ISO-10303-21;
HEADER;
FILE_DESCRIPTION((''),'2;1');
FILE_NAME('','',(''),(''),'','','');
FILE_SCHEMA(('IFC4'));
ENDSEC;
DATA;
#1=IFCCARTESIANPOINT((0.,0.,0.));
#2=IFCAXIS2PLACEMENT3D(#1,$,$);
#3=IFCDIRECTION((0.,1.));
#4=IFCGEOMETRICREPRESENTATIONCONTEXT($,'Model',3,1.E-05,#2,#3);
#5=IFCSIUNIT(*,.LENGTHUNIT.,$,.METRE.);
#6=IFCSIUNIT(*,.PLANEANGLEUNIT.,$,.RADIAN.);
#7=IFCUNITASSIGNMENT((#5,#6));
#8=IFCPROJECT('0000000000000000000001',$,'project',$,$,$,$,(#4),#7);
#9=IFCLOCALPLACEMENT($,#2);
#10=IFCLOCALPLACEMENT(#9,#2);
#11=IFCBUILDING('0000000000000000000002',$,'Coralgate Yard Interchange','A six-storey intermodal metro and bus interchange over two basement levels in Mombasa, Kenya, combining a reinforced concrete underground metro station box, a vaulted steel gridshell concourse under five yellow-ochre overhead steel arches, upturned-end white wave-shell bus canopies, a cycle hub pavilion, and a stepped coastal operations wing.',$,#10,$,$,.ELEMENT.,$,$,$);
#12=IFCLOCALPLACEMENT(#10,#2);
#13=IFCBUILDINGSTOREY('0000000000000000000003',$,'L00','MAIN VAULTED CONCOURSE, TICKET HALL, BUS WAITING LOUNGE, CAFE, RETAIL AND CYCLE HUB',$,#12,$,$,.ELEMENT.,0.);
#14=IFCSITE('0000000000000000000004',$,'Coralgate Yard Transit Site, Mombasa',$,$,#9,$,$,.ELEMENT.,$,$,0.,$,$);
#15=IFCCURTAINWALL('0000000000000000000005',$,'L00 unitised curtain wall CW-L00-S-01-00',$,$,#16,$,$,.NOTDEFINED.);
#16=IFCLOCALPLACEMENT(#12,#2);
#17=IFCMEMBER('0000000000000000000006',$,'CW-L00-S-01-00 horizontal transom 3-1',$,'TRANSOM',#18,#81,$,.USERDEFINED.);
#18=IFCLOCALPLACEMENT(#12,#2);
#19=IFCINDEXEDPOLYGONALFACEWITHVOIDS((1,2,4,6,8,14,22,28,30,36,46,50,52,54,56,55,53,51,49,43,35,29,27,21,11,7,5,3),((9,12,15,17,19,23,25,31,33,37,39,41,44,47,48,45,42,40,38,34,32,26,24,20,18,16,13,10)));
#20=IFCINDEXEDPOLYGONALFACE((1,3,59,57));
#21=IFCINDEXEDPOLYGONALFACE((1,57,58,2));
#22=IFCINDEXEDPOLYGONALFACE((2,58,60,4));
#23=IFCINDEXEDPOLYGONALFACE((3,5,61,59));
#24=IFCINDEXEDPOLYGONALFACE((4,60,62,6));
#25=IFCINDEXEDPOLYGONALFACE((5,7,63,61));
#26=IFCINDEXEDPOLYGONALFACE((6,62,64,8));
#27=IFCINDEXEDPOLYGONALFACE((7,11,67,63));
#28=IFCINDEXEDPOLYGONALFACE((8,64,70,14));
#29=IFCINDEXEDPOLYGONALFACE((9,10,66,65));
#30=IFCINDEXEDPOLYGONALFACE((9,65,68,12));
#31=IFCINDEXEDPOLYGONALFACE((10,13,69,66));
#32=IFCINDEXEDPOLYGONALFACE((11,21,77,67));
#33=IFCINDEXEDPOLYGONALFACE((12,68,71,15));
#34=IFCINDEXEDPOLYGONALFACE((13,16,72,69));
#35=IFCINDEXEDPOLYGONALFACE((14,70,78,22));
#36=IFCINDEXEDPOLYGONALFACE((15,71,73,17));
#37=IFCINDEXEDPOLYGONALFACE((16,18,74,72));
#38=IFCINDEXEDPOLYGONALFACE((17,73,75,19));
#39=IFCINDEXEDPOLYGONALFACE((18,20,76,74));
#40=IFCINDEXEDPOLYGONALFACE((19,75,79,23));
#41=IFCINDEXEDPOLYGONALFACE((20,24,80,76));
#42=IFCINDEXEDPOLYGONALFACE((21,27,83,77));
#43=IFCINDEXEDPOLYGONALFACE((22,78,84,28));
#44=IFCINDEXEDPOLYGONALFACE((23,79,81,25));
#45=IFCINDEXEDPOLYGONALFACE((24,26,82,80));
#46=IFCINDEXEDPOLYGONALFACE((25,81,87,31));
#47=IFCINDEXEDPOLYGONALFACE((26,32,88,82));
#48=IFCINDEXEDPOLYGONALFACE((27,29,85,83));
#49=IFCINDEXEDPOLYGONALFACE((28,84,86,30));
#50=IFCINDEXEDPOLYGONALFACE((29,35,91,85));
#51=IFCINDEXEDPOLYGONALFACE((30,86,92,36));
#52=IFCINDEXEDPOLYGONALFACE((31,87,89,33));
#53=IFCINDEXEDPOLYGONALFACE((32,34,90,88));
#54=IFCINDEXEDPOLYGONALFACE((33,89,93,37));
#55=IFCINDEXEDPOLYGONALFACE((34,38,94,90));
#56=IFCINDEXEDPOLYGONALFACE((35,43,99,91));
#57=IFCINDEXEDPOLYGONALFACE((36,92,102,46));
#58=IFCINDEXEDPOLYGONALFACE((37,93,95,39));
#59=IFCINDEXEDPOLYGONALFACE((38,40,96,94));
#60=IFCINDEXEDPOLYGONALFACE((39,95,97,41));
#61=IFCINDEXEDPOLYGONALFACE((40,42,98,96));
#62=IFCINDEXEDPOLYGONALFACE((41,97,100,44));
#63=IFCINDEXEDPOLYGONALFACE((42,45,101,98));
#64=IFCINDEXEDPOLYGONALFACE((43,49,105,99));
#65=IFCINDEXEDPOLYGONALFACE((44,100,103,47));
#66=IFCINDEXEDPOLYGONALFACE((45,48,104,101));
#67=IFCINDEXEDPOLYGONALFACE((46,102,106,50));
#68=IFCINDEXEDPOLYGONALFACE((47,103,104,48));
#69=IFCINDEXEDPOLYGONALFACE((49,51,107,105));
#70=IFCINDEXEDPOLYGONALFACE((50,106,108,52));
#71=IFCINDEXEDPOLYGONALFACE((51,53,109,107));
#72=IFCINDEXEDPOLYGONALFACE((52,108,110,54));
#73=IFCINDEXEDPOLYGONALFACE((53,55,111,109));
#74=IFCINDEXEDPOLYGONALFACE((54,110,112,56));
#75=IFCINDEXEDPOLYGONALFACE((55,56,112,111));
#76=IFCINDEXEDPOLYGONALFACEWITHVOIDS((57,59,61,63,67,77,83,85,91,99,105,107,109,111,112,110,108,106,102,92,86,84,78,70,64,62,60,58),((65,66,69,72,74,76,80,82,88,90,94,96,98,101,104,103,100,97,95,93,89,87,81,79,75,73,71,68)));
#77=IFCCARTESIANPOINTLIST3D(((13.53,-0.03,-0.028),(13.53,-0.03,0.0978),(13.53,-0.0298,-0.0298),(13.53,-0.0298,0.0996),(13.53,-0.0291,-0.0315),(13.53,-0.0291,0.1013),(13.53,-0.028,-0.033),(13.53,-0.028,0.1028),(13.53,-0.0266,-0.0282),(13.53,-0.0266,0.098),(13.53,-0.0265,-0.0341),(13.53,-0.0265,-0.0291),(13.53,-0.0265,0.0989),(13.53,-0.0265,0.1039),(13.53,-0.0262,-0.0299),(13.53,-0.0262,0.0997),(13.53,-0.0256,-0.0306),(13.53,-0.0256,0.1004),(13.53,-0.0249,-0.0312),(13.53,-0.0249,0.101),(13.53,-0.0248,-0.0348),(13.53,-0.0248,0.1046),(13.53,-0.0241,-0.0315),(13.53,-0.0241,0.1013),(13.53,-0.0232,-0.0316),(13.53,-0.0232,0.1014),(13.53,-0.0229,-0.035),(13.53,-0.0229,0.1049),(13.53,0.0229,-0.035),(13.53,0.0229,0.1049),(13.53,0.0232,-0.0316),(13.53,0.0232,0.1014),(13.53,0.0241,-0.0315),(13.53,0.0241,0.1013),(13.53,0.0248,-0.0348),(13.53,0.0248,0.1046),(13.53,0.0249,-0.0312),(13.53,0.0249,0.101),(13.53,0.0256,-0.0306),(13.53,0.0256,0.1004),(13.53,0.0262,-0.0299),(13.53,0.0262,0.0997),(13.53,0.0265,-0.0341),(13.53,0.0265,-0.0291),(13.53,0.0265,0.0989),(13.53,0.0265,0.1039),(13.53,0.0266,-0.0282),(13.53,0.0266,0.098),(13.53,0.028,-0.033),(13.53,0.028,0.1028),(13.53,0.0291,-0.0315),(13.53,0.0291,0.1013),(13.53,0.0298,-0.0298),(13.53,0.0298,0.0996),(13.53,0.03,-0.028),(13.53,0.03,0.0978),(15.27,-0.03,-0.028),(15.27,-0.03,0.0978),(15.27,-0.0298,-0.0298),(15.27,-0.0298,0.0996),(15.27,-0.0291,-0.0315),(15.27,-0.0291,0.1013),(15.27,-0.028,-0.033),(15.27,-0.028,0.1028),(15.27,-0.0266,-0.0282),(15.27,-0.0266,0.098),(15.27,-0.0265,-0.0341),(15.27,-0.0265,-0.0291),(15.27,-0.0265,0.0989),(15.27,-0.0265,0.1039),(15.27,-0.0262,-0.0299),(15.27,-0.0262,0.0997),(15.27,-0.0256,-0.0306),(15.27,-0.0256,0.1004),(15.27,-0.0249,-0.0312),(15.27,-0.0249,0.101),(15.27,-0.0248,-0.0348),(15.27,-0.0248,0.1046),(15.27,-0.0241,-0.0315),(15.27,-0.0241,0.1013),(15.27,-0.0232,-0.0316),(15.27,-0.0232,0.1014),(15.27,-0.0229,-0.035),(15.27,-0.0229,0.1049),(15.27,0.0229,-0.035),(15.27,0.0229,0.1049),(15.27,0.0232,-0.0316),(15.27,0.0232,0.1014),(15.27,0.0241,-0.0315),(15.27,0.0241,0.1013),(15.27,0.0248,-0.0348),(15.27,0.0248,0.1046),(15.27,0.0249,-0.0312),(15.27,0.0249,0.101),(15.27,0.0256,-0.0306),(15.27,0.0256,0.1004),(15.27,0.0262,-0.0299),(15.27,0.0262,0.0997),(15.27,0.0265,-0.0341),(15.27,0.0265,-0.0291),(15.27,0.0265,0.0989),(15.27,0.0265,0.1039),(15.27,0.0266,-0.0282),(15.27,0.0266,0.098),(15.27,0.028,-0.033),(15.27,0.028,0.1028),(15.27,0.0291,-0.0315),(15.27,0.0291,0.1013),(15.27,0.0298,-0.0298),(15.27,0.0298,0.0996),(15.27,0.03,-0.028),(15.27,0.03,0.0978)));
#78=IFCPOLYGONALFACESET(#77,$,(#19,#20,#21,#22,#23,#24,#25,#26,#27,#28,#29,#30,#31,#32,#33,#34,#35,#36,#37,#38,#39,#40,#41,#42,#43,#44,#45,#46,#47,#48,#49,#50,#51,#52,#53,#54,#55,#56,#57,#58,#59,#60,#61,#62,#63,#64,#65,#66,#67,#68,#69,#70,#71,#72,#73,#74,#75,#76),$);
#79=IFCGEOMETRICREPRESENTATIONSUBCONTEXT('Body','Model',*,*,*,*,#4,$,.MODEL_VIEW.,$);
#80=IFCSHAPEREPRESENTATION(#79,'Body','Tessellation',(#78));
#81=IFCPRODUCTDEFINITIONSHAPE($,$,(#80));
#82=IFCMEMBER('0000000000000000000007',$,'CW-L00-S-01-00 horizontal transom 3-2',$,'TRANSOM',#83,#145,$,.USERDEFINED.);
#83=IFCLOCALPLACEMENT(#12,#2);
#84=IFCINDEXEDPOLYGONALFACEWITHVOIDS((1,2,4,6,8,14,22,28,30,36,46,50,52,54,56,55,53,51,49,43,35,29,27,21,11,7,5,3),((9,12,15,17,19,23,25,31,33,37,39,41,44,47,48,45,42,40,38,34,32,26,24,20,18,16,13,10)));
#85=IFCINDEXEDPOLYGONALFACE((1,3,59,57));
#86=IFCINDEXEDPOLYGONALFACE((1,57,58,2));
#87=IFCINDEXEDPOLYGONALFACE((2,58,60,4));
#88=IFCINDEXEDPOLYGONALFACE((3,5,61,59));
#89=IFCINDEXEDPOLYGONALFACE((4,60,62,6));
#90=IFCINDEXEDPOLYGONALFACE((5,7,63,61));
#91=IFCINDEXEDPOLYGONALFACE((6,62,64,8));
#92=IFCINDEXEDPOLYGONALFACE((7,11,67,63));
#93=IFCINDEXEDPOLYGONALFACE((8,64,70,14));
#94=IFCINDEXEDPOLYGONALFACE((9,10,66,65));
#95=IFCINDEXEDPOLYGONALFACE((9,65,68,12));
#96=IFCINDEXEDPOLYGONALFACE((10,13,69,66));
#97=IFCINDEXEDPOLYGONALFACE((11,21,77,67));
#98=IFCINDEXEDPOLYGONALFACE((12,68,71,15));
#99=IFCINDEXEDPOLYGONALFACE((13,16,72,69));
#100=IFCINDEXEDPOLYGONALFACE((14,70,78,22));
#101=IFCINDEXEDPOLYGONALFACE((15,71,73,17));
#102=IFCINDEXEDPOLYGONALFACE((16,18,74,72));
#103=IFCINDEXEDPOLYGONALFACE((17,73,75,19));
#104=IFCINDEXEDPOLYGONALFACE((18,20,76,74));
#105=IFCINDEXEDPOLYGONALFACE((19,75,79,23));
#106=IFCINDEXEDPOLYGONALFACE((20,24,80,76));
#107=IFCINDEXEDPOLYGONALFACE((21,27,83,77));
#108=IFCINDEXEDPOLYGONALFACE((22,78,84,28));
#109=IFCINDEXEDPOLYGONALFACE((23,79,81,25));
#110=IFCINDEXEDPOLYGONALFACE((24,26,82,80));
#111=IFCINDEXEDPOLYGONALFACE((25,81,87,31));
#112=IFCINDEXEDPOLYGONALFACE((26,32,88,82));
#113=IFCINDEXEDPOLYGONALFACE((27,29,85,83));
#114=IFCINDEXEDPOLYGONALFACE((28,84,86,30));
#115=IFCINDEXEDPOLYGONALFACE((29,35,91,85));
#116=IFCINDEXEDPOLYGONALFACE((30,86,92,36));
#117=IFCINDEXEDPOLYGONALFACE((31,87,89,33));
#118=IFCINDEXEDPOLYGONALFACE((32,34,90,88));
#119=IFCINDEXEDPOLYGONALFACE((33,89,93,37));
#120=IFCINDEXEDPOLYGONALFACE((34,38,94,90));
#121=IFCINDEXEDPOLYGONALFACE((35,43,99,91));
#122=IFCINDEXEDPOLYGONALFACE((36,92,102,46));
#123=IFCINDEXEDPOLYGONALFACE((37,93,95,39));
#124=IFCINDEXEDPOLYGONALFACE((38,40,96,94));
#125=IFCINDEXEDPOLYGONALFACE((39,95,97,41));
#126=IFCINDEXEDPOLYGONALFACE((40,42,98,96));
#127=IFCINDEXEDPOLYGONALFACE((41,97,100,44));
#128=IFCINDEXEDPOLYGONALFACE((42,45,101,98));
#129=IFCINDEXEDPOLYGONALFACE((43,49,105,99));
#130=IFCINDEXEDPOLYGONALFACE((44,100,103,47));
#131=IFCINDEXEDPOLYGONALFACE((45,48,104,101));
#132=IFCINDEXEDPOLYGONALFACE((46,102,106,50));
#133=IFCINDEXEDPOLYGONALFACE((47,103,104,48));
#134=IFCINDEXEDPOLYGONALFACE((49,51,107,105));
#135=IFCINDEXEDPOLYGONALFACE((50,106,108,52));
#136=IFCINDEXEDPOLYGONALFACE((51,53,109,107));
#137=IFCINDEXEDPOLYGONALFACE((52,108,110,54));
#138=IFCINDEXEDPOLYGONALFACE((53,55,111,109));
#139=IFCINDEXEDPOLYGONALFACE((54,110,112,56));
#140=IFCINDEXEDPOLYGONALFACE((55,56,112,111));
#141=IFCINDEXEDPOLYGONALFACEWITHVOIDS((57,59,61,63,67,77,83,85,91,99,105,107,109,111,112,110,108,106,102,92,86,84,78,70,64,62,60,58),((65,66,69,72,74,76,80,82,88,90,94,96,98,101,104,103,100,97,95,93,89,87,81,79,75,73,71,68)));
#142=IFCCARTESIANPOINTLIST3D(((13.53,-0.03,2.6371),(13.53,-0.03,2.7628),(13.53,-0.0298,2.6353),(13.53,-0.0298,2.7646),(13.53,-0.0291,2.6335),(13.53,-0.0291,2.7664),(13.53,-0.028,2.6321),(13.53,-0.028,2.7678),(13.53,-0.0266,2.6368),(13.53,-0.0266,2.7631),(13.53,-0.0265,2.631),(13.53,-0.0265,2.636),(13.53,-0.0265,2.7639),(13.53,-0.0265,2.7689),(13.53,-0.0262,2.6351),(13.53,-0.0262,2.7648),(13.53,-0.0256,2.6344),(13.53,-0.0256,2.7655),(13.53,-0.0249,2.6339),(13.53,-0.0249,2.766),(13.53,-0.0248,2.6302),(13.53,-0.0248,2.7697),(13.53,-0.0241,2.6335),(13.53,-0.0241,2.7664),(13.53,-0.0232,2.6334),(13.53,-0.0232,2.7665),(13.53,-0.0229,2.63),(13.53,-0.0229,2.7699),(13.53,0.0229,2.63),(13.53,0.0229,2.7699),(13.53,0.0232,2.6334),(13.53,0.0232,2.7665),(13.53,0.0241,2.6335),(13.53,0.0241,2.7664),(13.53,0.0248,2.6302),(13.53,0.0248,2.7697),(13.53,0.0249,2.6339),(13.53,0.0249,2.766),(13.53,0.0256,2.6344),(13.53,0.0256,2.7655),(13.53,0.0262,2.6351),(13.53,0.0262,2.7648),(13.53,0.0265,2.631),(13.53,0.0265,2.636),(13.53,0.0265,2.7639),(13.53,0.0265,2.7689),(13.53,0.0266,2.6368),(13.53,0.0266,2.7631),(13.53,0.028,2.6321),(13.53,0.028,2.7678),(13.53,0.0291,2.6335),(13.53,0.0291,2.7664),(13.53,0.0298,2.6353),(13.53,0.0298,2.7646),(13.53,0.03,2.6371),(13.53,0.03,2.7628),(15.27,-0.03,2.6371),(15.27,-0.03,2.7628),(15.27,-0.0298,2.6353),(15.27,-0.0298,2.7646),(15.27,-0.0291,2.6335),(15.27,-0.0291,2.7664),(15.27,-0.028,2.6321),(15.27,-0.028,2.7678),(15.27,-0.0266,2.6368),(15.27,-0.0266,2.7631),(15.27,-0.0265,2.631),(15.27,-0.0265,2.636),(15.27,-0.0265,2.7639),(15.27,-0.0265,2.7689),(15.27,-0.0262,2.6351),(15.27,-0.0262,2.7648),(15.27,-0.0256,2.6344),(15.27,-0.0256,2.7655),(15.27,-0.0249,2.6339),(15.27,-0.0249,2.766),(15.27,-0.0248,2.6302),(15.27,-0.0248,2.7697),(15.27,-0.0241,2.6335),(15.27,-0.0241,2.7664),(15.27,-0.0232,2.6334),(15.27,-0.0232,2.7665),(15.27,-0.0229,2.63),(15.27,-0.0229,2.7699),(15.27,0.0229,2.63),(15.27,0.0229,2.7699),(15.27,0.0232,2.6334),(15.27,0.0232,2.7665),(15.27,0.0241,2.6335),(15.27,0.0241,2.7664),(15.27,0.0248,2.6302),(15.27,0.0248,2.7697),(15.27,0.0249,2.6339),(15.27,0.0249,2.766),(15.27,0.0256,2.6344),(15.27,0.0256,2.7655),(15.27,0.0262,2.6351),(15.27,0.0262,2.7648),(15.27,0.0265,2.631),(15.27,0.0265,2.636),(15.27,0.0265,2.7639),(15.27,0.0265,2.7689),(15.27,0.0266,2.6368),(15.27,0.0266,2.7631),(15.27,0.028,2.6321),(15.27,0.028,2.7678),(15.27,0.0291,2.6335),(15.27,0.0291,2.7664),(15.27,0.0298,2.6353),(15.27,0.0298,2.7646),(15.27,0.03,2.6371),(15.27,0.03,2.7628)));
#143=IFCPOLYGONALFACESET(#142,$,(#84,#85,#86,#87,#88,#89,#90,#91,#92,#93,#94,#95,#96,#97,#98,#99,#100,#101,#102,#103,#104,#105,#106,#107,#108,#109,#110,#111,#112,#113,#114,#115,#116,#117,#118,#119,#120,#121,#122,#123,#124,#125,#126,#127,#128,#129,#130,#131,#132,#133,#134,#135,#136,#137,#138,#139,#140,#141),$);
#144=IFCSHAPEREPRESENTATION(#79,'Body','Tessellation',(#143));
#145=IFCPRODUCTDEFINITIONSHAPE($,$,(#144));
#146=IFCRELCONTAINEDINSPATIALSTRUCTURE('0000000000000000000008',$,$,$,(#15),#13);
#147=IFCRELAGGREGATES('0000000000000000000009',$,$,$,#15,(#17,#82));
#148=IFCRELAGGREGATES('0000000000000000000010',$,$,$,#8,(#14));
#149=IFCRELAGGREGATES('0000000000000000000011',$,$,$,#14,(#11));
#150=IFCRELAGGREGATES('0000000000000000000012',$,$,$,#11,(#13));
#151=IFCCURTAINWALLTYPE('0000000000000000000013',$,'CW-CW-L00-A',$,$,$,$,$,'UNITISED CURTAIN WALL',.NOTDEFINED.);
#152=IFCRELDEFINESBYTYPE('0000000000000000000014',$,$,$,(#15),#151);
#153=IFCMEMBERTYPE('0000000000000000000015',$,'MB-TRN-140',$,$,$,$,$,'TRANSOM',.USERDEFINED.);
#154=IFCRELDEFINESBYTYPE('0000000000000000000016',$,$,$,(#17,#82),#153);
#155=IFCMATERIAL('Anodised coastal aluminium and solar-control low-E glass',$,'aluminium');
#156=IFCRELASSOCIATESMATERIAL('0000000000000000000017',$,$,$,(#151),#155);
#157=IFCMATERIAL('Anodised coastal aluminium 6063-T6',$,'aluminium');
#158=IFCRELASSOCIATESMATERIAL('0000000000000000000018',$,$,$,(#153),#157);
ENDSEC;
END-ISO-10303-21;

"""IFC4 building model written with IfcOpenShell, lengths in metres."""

from ifc_helpers import new_model, si_unit, direction, frame, origin, origin_2d, place, context, subcontext, project, spatial, hollow_rectangle, extrude, material, material_profile, profile_set, type_object, element, aggregate, save


model = new_model("IFC4")

# Units and contexts
model_context = context("Model", 3, precision=1e-05, world=origin(), true_north=direction((0.0, 1.0)))
body_context = subcontext(model_context, "Body", "Model", "MODEL_VIEW")
ifc_project = project(units=[si_unit("LENGTHUNIT", "METRE"), si_unit("PLANEANGLEUNIT", "RADIAN")], contexts=[model_context])

# Site, building, storey
site_placement = place(None, origin())
site = spatial("IfcSite", under=ifc_project, at=site_placement, Name="Coralgate Yard Transit Site, Mombasa", CompositionType="ELEMENT", RefElevation=0.0)
building_placement = place(site_placement, origin())
building = spatial("IfcBuilding", under=site, at=building_placement, Name="Coralgate Yard Interchange", Description="A six-storey intermodal metro and bus interchange over two basement levels in Mombasa, Kenya, combining a reinforced concrete underground metro station box, a vaulted steel gridshell concourse under five yellow-ochre overhead steel arches, upturned-end white wave-shell bus canopies, a cycle hub pavilion, and a stepped coastal operations wing.", CompositionType="ELEMENT")
storey_placement = place(building_placement, origin())
storey = spatial("IfcBuildingStorey", under=building, at=storey_placement, Name="L00", Description="MAIN VAULTED CONCOURSE, TICKET HALL, BUS WAITING LOUNGE, CAFE, RETAIL AND CYCLE HUB", CompositionType="ELEMENT", Elevation=0.0)

# Curtain wall, members
ifc_material_1 = material(Name="Anodised coastal aluminium and solar-control low-E glass", Category="aluminium")
curtain_wall_type = type_object("IfcCurtainWallType", Name="CW-CW-L00-A", ElementType="UNITISED CURTAIN WALL", PredefinedType="NOTDEFINED", material=ifc_material_1)
curtain_wall_placement = place(storey_placement, origin())
curtain_wall = element("IfcCurtainWall", 1, at=curtain_wall_placement, inside=storey, type_object=curtain_wall_type, Name="L00 unitised curtain wall CW-L00-S-01-00", PredefinedType="NOTDEFINED")
ifc_material_2 = material(Name="Anodised coastal aluminium 6063-T6", Category="aluminium")
ifc_material_profile_1 = material_profile(ifc_material_2, hollow_rectangle(XDim=0.0601, YDim=0.1399, WallThickness=0.0034, InnerFilletRadius=0.0034, OuterFilletRadius=0.0071, at=origin_2d()), Name="ALU 60x140x3.5")
ifc_profile_set_1 = profile_set([ifc_material_profile_1], Name="Anodised coastal aluminium 6063-T6")
member_type_1 = type_object("IfcMemberType", Name="MB-TRN-140", ElementType="TRANSOM", PredefinedType="USERDEFINED", material=ifc_profile_set_1)
member_1_placement = place(storey_placement, frame((15.27, 0.0, 0.0349), z_axis=(-1.0, 0.0, 0.0), x_axis=(0.0, -1.0, 0.0)))
member_1 = element("IfcMember", 2, at=member_1_placement, type_object=member_type_1, Name="CW-L00-S-01-00 horizontal transom 3-1", ObjectType="TRANSOM", PredefinedType="USERDEFINED", context=body_context, shape_type="SweptSolid", body=[
    extrude(hollow_rectangle(XDim=0.0601, YDim=0.1399, WallThickness=0.0034, InnerFilletRadius=0.0034, OuterFilletRadius=0.0071, at=origin_2d()), origin(), (0.0, 0.0, 1.0), 1.74),
])
member_2_placement = place(storey_placement, frame((15.27, 0.0, 2.7), z_axis=(-1.0, 0.0, 0.0), x_axis=(0.0, -1.0, 0.0)))
member_2 = element("IfcMember", 3, at=member_2_placement, type_object=member_type_1, Name="CW-L00-S-01-00 horizontal transom 3-2", ObjectType="TRANSOM", PredefinedType="USERDEFINED", context=body_context, shape_type="SweptSolid", body=[
    extrude(hollow_rectangle(XDim=0.0601, YDim=0.1399, WallThickness=0.0034, InnerFilletRadius=0.0034, OuterFilletRadius=0.0071, at=origin_2d()), origin(), (0.0, 0.0, 1.0), 1.74),
])
aggregate(curtain_wall, [member_1, member_2])

save(model, "model.ifc")
